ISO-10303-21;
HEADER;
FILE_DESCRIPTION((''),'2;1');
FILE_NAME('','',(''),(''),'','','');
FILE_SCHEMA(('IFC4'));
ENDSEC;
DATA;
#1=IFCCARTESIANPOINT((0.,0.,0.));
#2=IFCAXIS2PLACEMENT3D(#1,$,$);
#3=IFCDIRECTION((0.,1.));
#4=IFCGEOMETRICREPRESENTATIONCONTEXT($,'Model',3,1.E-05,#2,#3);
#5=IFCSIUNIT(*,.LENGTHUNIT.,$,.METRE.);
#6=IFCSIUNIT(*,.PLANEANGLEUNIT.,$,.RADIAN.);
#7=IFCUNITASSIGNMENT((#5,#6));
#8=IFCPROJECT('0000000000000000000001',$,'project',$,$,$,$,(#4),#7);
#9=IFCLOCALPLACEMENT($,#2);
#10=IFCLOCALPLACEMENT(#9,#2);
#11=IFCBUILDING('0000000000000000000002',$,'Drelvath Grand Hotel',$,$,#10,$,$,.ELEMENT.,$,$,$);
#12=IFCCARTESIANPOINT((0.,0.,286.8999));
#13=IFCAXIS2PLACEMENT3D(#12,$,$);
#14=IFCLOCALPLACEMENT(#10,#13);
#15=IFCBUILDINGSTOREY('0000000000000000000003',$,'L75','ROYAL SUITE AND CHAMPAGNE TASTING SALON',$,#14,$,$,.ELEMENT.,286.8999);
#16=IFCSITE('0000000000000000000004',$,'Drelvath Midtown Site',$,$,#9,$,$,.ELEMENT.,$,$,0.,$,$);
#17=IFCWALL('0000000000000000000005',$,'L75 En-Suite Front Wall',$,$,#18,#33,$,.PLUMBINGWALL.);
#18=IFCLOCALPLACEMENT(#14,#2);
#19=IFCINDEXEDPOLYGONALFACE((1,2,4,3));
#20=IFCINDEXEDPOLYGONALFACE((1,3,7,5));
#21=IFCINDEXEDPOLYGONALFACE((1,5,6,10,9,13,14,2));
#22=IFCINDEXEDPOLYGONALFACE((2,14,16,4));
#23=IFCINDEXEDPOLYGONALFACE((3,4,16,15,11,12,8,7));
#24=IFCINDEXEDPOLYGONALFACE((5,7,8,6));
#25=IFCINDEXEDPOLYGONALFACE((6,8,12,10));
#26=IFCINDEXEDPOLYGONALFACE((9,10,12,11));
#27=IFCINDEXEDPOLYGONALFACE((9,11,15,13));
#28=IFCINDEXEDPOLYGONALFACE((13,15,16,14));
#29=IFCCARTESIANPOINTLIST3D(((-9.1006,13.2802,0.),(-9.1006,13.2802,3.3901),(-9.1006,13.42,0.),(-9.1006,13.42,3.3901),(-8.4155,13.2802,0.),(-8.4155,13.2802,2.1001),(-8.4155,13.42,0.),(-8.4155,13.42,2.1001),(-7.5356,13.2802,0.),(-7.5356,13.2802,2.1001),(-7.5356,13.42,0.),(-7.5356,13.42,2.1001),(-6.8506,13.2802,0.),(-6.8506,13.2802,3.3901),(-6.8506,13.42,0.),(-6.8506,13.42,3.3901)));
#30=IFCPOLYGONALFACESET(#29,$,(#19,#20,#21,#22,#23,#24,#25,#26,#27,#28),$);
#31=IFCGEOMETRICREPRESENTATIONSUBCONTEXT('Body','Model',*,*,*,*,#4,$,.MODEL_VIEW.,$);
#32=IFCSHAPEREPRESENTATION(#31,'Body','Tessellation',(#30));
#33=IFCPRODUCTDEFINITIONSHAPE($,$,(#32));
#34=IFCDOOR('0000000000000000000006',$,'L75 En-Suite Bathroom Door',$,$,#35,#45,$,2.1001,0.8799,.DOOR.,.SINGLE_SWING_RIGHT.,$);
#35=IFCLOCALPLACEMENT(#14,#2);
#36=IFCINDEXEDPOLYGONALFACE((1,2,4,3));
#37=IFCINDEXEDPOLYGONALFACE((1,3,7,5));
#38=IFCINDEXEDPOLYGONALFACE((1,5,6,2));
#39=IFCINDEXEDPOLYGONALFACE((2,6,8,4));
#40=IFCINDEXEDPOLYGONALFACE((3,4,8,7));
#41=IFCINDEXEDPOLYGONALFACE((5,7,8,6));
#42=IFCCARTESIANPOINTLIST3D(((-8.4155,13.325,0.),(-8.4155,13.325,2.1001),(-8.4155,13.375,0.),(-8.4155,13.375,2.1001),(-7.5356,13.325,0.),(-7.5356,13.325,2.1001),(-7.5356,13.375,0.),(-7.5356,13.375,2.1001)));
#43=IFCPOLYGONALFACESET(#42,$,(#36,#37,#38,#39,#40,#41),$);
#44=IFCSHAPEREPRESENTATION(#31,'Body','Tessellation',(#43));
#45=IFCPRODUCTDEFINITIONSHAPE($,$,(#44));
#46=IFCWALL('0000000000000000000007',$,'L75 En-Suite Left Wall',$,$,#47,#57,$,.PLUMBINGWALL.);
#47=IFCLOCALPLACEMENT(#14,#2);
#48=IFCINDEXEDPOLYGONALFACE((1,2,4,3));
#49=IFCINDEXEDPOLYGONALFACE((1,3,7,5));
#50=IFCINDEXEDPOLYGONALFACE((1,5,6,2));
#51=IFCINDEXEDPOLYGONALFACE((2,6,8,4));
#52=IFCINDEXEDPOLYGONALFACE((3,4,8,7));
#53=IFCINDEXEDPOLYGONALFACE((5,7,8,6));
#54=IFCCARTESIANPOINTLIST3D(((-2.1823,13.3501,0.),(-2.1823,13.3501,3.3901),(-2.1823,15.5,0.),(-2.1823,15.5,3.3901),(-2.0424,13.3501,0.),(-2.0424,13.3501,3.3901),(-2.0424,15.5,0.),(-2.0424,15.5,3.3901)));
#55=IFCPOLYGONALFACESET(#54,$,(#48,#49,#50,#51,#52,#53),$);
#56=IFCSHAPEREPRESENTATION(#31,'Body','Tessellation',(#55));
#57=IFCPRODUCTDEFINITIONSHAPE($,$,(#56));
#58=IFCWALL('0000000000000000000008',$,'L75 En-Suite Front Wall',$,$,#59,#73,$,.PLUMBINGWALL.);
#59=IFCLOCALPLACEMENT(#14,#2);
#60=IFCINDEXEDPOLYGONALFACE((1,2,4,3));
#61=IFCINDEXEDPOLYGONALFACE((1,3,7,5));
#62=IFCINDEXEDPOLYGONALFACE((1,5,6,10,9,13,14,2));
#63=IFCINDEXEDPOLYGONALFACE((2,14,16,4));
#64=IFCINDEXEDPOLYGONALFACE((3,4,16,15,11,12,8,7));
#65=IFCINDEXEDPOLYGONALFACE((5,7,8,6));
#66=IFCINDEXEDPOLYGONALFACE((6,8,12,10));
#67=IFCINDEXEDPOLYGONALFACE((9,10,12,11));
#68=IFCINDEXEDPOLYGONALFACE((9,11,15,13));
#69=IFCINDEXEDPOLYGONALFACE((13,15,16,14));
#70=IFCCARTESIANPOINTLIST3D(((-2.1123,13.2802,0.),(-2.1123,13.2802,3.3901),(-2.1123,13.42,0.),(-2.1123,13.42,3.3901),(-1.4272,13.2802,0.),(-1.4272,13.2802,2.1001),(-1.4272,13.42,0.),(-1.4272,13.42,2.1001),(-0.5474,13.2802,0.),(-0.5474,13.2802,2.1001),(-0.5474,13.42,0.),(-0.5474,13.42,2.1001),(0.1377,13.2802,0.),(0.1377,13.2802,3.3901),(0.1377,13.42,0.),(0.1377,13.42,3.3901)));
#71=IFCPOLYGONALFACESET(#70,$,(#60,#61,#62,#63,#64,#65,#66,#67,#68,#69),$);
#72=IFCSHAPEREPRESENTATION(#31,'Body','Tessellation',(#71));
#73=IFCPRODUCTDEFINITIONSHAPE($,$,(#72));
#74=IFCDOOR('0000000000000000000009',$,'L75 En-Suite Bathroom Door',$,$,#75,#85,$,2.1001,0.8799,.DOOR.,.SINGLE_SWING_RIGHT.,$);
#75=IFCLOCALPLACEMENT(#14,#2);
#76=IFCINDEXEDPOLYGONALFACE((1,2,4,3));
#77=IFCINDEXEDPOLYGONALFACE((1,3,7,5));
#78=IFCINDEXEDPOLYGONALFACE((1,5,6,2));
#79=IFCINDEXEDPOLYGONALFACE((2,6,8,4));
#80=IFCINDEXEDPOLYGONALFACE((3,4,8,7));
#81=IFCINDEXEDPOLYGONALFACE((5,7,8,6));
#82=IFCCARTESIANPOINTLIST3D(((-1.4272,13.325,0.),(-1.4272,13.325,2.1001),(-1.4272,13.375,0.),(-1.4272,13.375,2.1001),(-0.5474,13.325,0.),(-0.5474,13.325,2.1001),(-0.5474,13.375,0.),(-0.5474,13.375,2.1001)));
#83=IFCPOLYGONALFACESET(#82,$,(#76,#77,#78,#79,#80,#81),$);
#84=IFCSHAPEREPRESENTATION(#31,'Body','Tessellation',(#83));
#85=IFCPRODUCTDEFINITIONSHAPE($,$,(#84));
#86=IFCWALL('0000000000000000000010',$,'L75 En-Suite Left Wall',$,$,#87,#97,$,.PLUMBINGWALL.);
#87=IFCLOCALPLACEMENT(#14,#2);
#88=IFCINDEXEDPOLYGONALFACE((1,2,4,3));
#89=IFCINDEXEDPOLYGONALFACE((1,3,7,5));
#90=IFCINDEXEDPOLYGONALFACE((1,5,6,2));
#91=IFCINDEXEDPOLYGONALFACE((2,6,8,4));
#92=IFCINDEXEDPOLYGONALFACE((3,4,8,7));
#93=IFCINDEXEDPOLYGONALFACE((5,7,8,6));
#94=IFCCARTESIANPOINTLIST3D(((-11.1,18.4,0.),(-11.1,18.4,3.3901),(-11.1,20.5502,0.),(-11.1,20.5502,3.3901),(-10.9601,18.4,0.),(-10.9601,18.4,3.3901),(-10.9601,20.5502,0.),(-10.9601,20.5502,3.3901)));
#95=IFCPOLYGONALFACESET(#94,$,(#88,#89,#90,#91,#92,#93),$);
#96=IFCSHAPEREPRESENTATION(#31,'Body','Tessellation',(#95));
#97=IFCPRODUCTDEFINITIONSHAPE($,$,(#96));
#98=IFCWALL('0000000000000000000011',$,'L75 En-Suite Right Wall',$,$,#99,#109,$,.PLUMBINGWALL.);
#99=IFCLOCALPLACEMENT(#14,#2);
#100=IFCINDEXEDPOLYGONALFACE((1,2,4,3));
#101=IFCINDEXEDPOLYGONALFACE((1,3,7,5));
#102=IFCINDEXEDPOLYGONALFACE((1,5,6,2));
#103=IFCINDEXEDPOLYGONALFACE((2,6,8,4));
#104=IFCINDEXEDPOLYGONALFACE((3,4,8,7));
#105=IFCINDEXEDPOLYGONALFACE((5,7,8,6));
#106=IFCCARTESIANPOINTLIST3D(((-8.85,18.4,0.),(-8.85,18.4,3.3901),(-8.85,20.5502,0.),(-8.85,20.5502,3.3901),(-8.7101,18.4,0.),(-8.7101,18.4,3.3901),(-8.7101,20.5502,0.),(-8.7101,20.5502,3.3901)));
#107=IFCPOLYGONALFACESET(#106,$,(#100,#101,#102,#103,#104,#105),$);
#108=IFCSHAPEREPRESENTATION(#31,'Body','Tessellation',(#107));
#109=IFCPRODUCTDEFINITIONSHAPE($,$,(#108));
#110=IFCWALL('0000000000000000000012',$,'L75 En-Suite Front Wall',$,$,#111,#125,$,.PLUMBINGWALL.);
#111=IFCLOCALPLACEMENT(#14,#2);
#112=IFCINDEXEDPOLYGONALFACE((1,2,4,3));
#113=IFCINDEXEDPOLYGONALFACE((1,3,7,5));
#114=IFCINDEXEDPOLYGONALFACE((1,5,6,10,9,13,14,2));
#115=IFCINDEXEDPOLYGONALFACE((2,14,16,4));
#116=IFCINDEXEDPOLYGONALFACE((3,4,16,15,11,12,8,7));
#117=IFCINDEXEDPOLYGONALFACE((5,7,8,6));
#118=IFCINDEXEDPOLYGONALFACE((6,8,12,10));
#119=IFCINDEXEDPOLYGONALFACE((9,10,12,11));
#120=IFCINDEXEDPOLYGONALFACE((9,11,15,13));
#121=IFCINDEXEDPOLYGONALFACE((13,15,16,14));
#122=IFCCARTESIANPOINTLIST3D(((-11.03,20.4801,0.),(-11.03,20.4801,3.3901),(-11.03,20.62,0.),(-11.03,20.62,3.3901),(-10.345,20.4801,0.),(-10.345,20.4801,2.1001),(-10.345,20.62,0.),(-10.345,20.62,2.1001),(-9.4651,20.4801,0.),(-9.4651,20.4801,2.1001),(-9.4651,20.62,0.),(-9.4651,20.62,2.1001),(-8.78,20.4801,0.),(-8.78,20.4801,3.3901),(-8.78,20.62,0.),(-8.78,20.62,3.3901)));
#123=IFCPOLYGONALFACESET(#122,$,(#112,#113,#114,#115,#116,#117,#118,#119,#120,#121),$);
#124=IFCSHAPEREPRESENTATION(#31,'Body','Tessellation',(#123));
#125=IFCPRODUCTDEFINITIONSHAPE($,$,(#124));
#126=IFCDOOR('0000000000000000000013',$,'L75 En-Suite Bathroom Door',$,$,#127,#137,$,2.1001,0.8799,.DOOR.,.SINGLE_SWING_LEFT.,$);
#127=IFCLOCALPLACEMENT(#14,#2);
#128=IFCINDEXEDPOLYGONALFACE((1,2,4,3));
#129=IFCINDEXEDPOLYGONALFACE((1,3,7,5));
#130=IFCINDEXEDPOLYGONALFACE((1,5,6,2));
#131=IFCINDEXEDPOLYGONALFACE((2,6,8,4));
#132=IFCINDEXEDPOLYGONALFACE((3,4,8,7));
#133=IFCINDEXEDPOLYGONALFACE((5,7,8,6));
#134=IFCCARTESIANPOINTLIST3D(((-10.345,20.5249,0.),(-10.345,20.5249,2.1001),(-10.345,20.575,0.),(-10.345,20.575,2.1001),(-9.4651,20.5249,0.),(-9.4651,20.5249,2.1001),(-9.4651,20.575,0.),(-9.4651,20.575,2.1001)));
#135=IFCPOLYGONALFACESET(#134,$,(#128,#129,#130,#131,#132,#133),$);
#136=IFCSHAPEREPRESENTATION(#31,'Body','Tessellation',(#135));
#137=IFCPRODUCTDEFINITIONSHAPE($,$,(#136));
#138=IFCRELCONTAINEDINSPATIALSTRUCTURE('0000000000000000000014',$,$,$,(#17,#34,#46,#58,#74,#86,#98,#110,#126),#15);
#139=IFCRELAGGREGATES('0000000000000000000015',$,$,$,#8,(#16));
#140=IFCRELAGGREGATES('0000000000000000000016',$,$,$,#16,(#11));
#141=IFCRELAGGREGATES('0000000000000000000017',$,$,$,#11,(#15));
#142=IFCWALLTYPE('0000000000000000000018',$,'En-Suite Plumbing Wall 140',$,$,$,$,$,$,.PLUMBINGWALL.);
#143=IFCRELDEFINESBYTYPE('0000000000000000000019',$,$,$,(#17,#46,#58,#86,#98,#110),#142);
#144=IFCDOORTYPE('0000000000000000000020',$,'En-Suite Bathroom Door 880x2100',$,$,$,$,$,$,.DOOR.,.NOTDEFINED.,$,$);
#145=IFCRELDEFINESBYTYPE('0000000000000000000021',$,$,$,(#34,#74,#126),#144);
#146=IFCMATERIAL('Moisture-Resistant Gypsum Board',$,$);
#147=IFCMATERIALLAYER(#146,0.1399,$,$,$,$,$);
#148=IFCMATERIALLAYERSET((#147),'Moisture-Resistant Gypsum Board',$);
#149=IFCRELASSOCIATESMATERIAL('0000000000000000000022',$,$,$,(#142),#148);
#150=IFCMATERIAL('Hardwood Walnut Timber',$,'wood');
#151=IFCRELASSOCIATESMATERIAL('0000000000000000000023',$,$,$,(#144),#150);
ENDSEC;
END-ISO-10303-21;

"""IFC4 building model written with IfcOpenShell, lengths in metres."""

from ifc_helpers import new_model, si_unit, direction, frame, frame_2d, origin, place, context, subcontext, project, spatial, rectangle, extrude, material, layer, layer_set, type_object, element, fill, save


model = new_model("IFC4")

# Units and contexts
model_context = context("Model", 3, precision=1e-05, world=origin(), true_north=direction((0.0, 1.0)))
body_context = subcontext(model_context, "Body", "Model", "MODEL_VIEW")
ifc_project = project(units=[si_unit("LENGTHUNIT", "METRE"), si_unit("PLANEANGLEUNIT", "RADIAN")], contexts=[model_context])

# Site, building, storey
site_placement = place(None, origin())
site = spatial("IfcSite", under=ifc_project, at=site_placement, Name="Drelvath Midtown Site", CompositionType="ELEMENT", RefElevation=0.0)
building_placement = place(site_placement, origin())
building = spatial("IfcBuilding", under=site, at=building_placement, Name="Drelvath Grand Hotel", CompositionType="ELEMENT")
storey_placement = place(building_placement, frame((0.0, 0.0, 286.8999)))
storey = spatial("IfcBuildingStorey", under=building, at=storey_placement, Name="L75", Description="ROYAL SUITE AND CHAMPAGNE TASTING SALON", CompositionType="ELEMENT", Elevation=286.8999)

# Shared definitions
ifc_material_1 = material(Name="Hardwood Walnut Timber", Category="wood")

# Shared definitions
ifc_material_2 = material(Name="Moisture-Resistant Gypsum Board")
ifc_layer_1 = layer(ifc_material_2, 0.1399)
ifc_layer_set_1 = layer_set([ifc_layer_1], Name="Moisture-Resistant Gypsum Board")
wall_type_1 = type_object("IfcWallType", Name="En-Suite Plumbing Wall 140", PredefinedType="PLUMBINGWALL", material=ifc_layer_set_1)

# Wall, opening, door
wall_1_placement = place(storey_placement, frame((-9.1006, 13.3501, 0.0), z_axis=(0.0, 0.0, 1.0), x_axis=(1.0, 0.0, 0.0)))
wall_1 = element("IfcWall", 1, at=wall_1_placement, inside=storey, type_object=wall_type_1, Name="L75 En-Suite Front Wall", PredefinedType="PLUMBINGWALL", context=body_context, shape_type="SweptSolid", body=[
    extrude(rectangle(XDim=2.25, YDim=0.1399, at=frame_2d((1.125, 0.0))), origin(), (0.0, 0.0, 1.0), 3.3901),
])
opening_1_placement = place(wall_1_placement, frame((0.6851, 0.0, 0.0)))
opening_1 = element("IfcOpeningElement", 2, at=opening_1_placement, cuts=wall_1, PredefinedType="OPENING", context=body_context, shape_type="SweptSolid", body=[
    extrude(rectangle(XDim=0.8799, YDim=2.1001, at=frame_2d((0.4399, 1.05))), frame((0.0, 0.0798, 0.0), z_axis=(0.0, -1.0, 0.0), x_axis=(1.0, 0.0, 0.0)), (0.0, 0.0, 1.0), 0.1599),
])
door_type_1 = type_object("IfcDoorType", Name="En-Suite Bathroom Door 880x2100", OperationType="NOTDEFINED", PredefinedType="DOOR", material=ifc_material_1)
door_1_placement = place(opening_1_placement, origin())
door_1 = element("IfcDoor", 3, at=door_1_placement, inside=storey, type_object=door_type_1, Name="L75 En-Suite Bathroom Door", OperationType="SINGLE_SWING_RIGHT", OverallHeight=2.1001, OverallWidth=0.8799, PredefinedType="DOOR", context=body_context, shape_type="SweptSolid", body=[
    extrude(rectangle(XDim=0.8799, YDim=2.1001, at=frame_2d((0.4399, 1.05))), frame((0.0, 0.0249, 0.0), z_axis=(0.0, -1.0, 0.0), x_axis=(1.0, 0.0, 0.0)), (0.0, 0.0, 1.0), 0.05),
])
fill(opening_1, door_1)

# Wall
wall_2_placement = place(storey_placement, frame((-2.1123, 15.5, 0.0), z_axis=(0.0, 0.0, 1.0), x_axis=(0.0, -1.0, 0.0)))
element("IfcWall", 4, at=wall_2_placement, inside=storey, type_object=wall_type_1, Name="L75 En-Suite Left Wall", PredefinedType="PLUMBINGWALL", context=body_context, shape_type="SweptSolid", body=[
    extrude(rectangle(XDim=2.1499, YDim=0.1399, at=frame_2d((1.075, 0.0))), origin(), (0.0, 0.0, 1.0), 3.3901),
])

# Wall, opening, door
wall_3_placement = place(storey_placement, frame((-2.1123, 13.3501, 0.0), z_axis=(0.0, 0.0, 1.0), x_axis=(1.0, 0.0, 0.0)))
wall_3 = element("IfcWall", 5, at=wall_3_placement, inside=storey, type_object=wall_type_1, Name="L75 En-Suite Front Wall", PredefinedType="PLUMBINGWALL", context=body_context, shape_type="SweptSolid", body=[
    extrude(rectangle(XDim=2.25, YDim=0.1399, at=frame_2d((1.125, 0.0))), origin(), (0.0, 0.0, 1.0), 3.3901),
])
opening_2_placement = place(wall_3_placement, frame((0.6851, 0.0, 0.0)))
opening_2 = element("IfcOpeningElement", 6, at=opening_2_placement, cuts=wall_3, PredefinedType="OPENING", context=body_context, shape_type="SweptSolid", body=[
    extrude(rectangle(XDim=0.8799, YDim=2.1001, at=frame_2d((0.4399, 1.05))), frame((0.0, 0.0798, 0.0), z_axis=(0.0, -1.0, 0.0), x_axis=(1.0, 0.0, 0.0)), (0.0, 0.0, 1.0), 0.1599),
])
door_2_placement = place(opening_2_placement, origin())
door_2 = element("IfcDoor", 7, at=door_2_placement, inside=storey, type_object=door_type_1, Name="L75 En-Suite Bathroom Door", OperationType="SINGLE_SWING_RIGHT", OverallHeight=2.1001, OverallWidth=0.8799, PredefinedType="DOOR", context=body_context, shape_type="SweptSolid", body=[
    extrude(rectangle(XDim=0.8799, YDim=2.1001, at=frame_2d((0.4399, 1.05))), frame((0.0, 0.0249, 0.0), z_axis=(0.0, -1.0, 0.0), x_axis=(1.0, 0.0, 0.0)), (0.0, 0.0, 1.0), 0.05),
])
fill(opening_2, door_2)

# Walls
for number, where, z_axis, x_axis, name in (
    (8, (-11.03, 18.3999, 0.0), (0.0, 0.0, 1.0), (0.0, 1.0, 0.0), "L75 En-Suite Left Wall"),
    (9, (-8.78, 18.3999, 0.0), (0.0, 0.0, 1.0), (0.0, 1.0, 0.0), "L75 En-Suite Right Wall"),
):
    element("IfcWall", number, at=place(storey_placement, frame(where, z_axis=z_axis, x_axis=x_axis)), inside=storey, type_object=wall_type_1, Name=name, PredefinedType="PLUMBINGWALL", context=body_context, shape_type="SweptSolid", body=[
        extrude(rectangle(XDim=2.1501, YDim=0.1399, at=frame_2d((1.0752, 0.0))), origin(), (0.0, 0.0, 1.0), 3.3901),
    ])

# Wall, opening, door
wall_4_placement = place(storey_placement, frame((-11.03, 20.55, 0.0), z_axis=(0.0, 0.0, 1.0), x_axis=(1.0, 0.0, 0.0)))
wall_4 = element("IfcWall", 10, at=wall_4_placement, inside=storey, type_object=wall_type_1, Name="L75 En-Suite Front Wall", PredefinedType="PLUMBINGWALL", context=body_context, shape_type="SweptSolid", body=[
    extrude(rectangle(XDim=2.25, YDim=0.1399, at=frame_2d((1.125, 0.0))), origin(), (0.0, 0.0, 1.0), 3.3901),
])
opening_3_placement = place(wall_4_placement, frame((0.6851, 0.0, 0.0)))
opening_3 = element("IfcOpeningElement", 11, at=opening_3_placement, cuts=wall_4, PredefinedType="OPENING", context=body_context, shape_type="SweptSolid", body=[
    extrude(rectangle(XDim=0.8799, YDim=2.1001, at=frame_2d((0.4399, 1.05))), frame((0.0, 0.0798, 0.0), z_axis=(0.0, -1.0, 0.0), x_axis=(1.0, 0.0, 0.0)), (0.0, 0.0, 1.0), 0.1599),
])
door_3_placement = place(opening_3_placement, origin())
door_3 = element("IfcDoor", 12, at=door_3_placement, inside=storey, type_object=door_type_1, Name="L75 En-Suite Bathroom Door", OperationType="SINGLE_SWING_LEFT", OverallHeight=2.1001, OverallWidth=0.8799, PredefinedType="DOOR", context=body_context, shape_type="SweptSolid", body=[
    extrude(rectangle(XDim=0.8799, YDim=2.1001, at=frame_2d((0.4399, 1.05))), frame((0.0, 0.0249, 0.0), z_axis=(0.0, -1.0, 0.0), x_axis=(1.0, 0.0, 0.0)), (0.0, 0.0, 1.0), 0.05),
])
fill(opening_3, door_3)

save(model, "model.ifc")
